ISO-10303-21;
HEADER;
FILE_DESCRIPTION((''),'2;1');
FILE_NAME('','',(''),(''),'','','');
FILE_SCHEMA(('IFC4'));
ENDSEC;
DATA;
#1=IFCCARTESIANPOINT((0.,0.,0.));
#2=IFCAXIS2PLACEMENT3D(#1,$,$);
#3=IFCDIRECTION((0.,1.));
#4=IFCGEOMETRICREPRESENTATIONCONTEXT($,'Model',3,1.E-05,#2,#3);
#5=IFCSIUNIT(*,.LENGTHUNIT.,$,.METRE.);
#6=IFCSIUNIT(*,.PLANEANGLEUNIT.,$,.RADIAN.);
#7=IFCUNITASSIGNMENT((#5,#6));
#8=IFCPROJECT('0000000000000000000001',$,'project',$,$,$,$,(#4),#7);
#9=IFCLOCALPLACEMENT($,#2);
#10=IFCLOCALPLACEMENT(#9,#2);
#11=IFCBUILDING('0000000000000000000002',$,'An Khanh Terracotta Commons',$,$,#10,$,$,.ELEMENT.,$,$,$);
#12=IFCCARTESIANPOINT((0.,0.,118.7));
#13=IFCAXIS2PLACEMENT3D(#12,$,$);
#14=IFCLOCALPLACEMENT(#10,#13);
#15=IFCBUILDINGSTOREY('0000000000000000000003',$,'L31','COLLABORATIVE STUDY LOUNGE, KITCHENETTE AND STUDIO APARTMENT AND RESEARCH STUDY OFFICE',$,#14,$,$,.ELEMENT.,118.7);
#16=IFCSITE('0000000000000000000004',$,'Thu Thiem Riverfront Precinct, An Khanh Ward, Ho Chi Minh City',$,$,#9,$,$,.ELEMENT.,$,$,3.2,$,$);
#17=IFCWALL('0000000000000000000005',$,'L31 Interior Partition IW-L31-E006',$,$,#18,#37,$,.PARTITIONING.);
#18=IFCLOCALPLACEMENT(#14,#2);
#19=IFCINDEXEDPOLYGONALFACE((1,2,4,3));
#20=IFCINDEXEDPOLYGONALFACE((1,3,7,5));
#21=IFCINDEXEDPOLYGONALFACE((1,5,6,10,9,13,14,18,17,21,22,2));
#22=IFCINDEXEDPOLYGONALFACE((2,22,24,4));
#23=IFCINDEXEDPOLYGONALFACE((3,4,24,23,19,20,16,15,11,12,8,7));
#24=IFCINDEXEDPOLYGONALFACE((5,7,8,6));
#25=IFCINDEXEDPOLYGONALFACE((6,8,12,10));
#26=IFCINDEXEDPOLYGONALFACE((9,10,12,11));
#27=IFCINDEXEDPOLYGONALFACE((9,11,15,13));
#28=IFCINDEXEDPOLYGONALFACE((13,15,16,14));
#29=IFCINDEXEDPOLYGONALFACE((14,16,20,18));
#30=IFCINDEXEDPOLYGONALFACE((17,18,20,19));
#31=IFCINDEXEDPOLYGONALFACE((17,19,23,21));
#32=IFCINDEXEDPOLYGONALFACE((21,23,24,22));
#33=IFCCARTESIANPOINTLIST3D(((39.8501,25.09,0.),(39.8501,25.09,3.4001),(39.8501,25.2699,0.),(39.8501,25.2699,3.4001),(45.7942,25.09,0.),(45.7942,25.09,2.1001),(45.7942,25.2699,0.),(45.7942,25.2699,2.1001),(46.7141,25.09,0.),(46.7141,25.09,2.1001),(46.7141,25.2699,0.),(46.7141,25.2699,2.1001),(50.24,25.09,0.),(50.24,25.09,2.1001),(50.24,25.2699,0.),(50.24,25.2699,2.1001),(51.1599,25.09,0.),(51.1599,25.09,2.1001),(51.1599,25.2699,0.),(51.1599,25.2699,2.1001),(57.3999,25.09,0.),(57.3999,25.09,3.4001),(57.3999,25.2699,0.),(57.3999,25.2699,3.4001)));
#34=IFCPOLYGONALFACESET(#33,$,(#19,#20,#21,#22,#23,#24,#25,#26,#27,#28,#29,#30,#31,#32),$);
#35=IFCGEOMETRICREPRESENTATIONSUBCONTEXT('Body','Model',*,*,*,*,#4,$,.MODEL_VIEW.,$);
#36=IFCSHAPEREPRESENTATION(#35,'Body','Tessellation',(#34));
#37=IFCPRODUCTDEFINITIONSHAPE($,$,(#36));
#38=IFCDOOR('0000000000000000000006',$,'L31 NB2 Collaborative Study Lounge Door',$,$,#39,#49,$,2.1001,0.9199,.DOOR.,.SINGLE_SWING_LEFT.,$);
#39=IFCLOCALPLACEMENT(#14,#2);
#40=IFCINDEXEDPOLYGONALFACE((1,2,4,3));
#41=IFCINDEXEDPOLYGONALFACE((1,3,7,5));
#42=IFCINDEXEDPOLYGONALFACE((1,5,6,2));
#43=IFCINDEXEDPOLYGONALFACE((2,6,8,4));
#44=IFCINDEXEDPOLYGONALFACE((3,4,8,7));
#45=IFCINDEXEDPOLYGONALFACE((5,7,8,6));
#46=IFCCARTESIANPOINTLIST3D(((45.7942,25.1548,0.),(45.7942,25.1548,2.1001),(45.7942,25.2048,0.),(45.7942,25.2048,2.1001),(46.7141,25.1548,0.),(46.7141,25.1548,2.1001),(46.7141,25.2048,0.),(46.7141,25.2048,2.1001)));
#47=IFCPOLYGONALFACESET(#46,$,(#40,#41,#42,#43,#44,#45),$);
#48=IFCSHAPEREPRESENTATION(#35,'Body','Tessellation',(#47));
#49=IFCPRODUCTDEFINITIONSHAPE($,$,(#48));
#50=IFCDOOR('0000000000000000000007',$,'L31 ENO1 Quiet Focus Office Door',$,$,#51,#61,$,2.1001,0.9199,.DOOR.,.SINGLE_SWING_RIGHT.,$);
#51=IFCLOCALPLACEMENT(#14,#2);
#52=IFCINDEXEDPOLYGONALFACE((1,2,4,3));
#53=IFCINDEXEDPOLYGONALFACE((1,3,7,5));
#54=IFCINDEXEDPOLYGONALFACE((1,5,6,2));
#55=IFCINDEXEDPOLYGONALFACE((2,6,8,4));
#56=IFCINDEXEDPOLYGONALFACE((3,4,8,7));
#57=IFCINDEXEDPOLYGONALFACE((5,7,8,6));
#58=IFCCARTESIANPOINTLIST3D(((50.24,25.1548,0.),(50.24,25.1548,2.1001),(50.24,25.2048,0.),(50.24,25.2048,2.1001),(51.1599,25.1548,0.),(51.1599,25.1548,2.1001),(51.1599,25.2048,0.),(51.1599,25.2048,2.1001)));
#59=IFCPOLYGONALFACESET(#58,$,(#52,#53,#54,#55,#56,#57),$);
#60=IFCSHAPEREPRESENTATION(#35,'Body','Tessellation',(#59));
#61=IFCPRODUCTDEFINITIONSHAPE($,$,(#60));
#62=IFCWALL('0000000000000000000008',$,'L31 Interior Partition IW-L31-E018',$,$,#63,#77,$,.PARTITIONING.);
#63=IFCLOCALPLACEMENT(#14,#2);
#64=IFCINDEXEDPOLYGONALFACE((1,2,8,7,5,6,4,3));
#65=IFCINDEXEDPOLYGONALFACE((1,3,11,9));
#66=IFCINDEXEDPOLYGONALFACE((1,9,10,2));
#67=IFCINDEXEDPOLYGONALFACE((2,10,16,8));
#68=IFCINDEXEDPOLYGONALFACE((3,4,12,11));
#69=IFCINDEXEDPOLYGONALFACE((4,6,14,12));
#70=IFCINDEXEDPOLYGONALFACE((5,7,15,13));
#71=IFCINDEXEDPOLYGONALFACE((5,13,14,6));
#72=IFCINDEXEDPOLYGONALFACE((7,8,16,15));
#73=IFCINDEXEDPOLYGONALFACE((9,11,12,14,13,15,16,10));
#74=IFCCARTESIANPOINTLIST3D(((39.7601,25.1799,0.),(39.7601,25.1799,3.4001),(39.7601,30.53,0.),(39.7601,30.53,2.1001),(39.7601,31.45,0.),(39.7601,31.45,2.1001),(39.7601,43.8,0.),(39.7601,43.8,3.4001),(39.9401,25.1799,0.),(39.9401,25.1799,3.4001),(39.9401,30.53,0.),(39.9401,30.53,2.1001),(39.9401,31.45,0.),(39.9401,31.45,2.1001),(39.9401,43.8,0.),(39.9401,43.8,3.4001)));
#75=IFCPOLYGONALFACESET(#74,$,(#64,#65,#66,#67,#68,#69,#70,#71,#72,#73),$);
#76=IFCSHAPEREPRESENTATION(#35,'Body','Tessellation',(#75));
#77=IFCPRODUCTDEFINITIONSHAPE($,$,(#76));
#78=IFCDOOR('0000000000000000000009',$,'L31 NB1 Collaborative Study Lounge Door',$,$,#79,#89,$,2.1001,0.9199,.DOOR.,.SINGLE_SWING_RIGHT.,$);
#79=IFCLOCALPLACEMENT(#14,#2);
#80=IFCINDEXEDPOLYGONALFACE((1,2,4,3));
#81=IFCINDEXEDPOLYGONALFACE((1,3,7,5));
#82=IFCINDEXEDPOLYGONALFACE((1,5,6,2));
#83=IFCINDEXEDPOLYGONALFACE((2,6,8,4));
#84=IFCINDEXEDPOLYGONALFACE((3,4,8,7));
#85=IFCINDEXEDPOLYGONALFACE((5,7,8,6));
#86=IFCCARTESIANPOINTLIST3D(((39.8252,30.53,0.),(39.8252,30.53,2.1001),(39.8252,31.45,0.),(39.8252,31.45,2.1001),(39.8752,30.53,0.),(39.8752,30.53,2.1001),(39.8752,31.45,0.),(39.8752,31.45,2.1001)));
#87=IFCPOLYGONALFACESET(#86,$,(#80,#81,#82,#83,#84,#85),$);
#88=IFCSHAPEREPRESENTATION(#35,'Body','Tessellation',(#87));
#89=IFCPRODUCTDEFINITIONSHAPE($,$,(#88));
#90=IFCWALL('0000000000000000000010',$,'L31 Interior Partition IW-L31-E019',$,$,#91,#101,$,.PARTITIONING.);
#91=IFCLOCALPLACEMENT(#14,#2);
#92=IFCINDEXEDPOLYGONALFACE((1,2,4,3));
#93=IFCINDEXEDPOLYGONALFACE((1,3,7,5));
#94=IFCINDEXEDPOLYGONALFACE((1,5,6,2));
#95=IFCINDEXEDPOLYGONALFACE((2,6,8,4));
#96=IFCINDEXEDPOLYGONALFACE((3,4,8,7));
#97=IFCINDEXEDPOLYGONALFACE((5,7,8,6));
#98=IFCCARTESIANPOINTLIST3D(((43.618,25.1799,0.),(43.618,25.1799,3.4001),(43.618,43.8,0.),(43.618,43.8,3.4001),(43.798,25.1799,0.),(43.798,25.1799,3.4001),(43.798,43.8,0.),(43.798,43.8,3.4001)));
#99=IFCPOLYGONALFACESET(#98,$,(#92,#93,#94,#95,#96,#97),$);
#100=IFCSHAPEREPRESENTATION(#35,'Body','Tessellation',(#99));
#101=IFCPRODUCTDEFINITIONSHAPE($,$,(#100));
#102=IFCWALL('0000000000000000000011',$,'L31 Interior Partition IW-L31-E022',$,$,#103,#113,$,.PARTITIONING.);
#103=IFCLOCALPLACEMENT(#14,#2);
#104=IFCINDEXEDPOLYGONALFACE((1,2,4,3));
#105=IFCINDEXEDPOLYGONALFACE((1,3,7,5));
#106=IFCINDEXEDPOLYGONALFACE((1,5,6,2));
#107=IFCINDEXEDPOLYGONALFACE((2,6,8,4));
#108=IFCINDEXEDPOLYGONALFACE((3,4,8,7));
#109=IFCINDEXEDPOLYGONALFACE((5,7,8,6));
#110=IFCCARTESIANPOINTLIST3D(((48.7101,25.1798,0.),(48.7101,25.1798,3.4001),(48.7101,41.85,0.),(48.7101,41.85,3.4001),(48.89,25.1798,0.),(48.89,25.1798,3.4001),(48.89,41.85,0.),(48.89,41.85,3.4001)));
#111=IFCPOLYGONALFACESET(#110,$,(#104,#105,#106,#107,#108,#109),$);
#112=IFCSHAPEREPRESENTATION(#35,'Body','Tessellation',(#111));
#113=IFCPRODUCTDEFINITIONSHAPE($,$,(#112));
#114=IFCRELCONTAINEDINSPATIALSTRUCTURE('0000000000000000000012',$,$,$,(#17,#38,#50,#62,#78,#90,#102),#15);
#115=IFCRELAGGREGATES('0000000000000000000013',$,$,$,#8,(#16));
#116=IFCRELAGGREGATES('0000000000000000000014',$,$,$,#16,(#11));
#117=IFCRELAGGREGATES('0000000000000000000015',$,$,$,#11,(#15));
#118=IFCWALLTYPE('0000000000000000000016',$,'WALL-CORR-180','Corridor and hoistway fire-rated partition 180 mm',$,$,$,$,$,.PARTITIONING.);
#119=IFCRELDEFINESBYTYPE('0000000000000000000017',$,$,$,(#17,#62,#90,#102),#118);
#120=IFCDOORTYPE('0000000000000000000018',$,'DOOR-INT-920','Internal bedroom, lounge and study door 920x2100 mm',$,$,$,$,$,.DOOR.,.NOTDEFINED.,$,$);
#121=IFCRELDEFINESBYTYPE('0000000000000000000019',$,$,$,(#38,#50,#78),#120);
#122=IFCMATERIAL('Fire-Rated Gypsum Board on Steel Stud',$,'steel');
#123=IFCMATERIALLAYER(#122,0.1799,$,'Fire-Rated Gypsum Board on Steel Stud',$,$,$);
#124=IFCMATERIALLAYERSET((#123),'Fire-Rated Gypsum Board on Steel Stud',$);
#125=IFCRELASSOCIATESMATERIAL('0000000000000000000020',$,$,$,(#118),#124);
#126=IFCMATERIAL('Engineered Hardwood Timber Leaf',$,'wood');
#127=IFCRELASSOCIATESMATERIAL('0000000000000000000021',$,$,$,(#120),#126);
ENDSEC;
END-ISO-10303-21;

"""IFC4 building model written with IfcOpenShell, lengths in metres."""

from ifc_helpers import new_model, si_unit, direction, frame, frame_2d, origin, place, context, subcontext, project, spatial, rectangle, extrude, material, layer, layer_set, type_object, element, fill, save


model = new_model("IFC4")

# Units and contexts
model_context = context("Model", 3, precision=1e-05, world=origin(), true_north=direction((0.0, 1.0)))
body_context = subcontext(model_context, "Body", "Model", "MODEL_VIEW")
ifc_project = project(units=[si_unit("LENGTHUNIT", "METRE"), si_unit("PLANEANGLEUNIT", "RADIAN")], contexts=[model_context])

# Site, building, storey
site_placement = place(None, origin())
site = spatial("IfcSite", under=ifc_project, at=site_placement, Name="Thu Thiem Riverfront Precinct, An Khanh Ward, Ho Chi Minh City", CompositionType="ELEMENT", RefElevation=3.2)
building_placement = place(site_placement, origin())
building = spatial("IfcBuilding", under=site, at=building_placement, Name="An Khanh Terracotta Commons", CompositionType="ELEMENT")
storey_placement = place(building_placement, frame((0.0, 0.0, 118.7)))
storey = spatial("IfcBuildingStorey", under=building, at=storey_placement, Name="L31", Description="COLLABORATIVE STUDY LOUNGE, KITCHENETTE AND STUDIO APARTMENT AND RESEARCH STUDY OFFICE", CompositionType="ELEMENT", Elevation=118.7)

# Wall, openings, doors
ifc_material_1 = material(Name="Fire-Rated Gypsum Board on Steel Stud", Category="steel")
ifc_layer = layer(ifc_material_1, 0.1799, Name="Fire-Rated Gypsum Board on Steel Stud")
ifc_layer_set = layer_set([ifc_layer], Name="Fire-Rated Gypsum Board on Steel Stud")
wall_type = type_object("IfcWallType", Name="WALL-CORR-180", Description="Corridor and hoistway fire-rated partition 180 mm", PredefinedType="PARTITIONING", material=ifc_layer_set)
wall_1_placement = place(storey_placement, frame((39.8501, 25.1799, 0.0), z_axis=(0.0, 0.0, 1.0), x_axis=(1.0, 0.0, 0.0)))
wall_1 = element("IfcWall", 1, at=wall_1_placement, inside=storey, type_object=wall_type, Name="L31 Interior Partition IW-L31-E006", PredefinedType="PARTITIONING", context=body_context, shape_type="SweptSolid", body=[
    extrude(rectangle(XDim=17.5498, YDim=0.1799, at=frame_2d((8.7749, 0.0))), origin(), (0.0, 0.0, 1.0), 3.4001),
])
opening_1_placement = place(wall_1_placement, frame((5.9441, 0.0, 0.0)))
opening_1 = element("IfcOpeningElement", 2, at=opening_1_placement, cuts=wall_1, PredefinedType="OPENING", context=body_context, shape_type="SweptSolid", body=[
    extrude(rectangle(XDim=0.9199, YDim=2.1001, at=frame_2d((0.46, 1.05))), frame((0.0, 0.0999, 0.0), z_axis=(0.0, -1.0, 0.0), x_axis=(1.0, 0.0, 0.0)), (0.0, 0.0, 1.0), 0.2),
])
opening_2_placement = place(wall_1_placement, frame((10.3899, 0.0, 0.0)))
opening_2 = element("IfcOpeningElement", 3, at=opening_2_placement, cuts=wall_1, PredefinedType="OPENING", context=body_context, shape_type="SweptSolid", body=[
    extrude(rectangle(XDim=0.9199, YDim=2.1001, at=frame_2d((0.46, 1.05))), frame((0.0, 0.0999, 0.0), z_axis=(0.0, -1.0, 0.0), x_axis=(1.0, 0.0, 0.0)), (0.0, 0.0, 1.0), 0.2),
])
ifc_material_2 = material(Name="Engineered Hardwood Timber Leaf", Category="wood")
door_type = type_object("IfcDoorType", Name="DOOR-INT-920", Description="Internal bedroom, lounge and study door 920x2100 mm", OperationType="NOTDEFINED", PredefinedType="DOOR", material=ifc_material_2)
door_1_placement = place(opening_1_placement, origin())
door_1 = element("IfcDoor", 4, at=door_1_placement, inside=storey, type_object=door_type, Name="L31 NB2 Collaborative Study Lounge Door", OperationType="SINGLE_SWING_LEFT", OverallHeight=2.1001, OverallWidth=0.9199, PredefinedType="DOOR", context=body_context, shape_type="SweptSolid", body=[
    extrude(rectangle(XDim=0.9199, YDim=2.1001, at=frame_2d((0.46, 1.05))), frame((0.0, 0.0249, 0.0), z_axis=(0.0, -1.0, 0.0), x_axis=(1.0, 0.0, 0.0)), (0.0, 0.0, 1.0), 0.05),
])
fill(opening_1, door_1)
door_2_placement = place(opening_2_placement, origin())
door_2 = element("IfcDoor", 5, at=door_2_placement, inside=storey, type_object=door_type, Name="L31 ENO1 Quiet Focus Office Door", OperationType="SINGLE_SWING_RIGHT", OverallHeight=2.1001, OverallWidth=0.9199, PredefinedType="DOOR", context=body_context, shape_type="SweptSolid", body=[
    extrude(rectangle(XDim=0.9199, YDim=2.1001, at=frame_2d((0.46, 1.05))), frame((0.0, 0.0249, 0.0), z_axis=(0.0, -1.0, 0.0), x_axis=(1.0, 0.0, 0.0)), (0.0, 0.0, 1.0), 0.05),
])
fill(opening_2, door_2)

# Wall, opening, door
wall_2_placement = place(storey_placement, frame((39.8501, 25.1799, 0.0), z_axis=(0.0, 0.0, 1.0), x_axis=(0.0, 1.0, 0.0)))
wall_2 = element("IfcWall", 6, at=wall_2_placement, inside=storey, type_object=wall_type, Name="L31 Interior Partition IW-L31-E018", PredefinedType="PARTITIONING", context=body_context, shape_type="SweptSolid", body=[
    extrude(rectangle(XDim=18.6201, YDim=0.1799, at=frame_2d((9.3101, 0.0))), origin(), (0.0, 0.0, 1.0), 3.4001),
])
opening_3_placement = place(wall_2_placement, frame((5.3501, 0.0, 0.0)))
opening_3 = element("IfcOpeningElement", 7, at=opening_3_placement, cuts=wall_2, PredefinedType="OPENING", context=body_context, shape_type="SweptSolid", body=[
    extrude(rectangle(XDim=0.9199, YDim=2.1001, at=frame_2d((0.46, 1.05))), frame((0.0, 0.0999, 0.0), z_axis=(0.0, -1.0, 0.0), x_axis=(1.0, 0.0, 0.0)), (0.0, 0.0, 1.0), 0.2),
])
door_3_placement = place(opening_3_placement, origin())
door_3 = element("IfcDoor", 8, at=door_3_placement, inside=storey, type_object=door_type, Name="L31 NB1 Collaborative Study Lounge Door", OperationType="SINGLE_SWING_RIGHT", OverallHeight=2.1001, OverallWidth=0.9199, PredefinedType="DOOR", context=body_context, shape_type="SweptSolid", body=[
    extrude(rectangle(XDim=0.9199, YDim=2.1001, at=frame_2d((0.46, 1.05))), frame((0.0, 0.0249, 0.0), z_axis=(0.0, -1.0, 0.0), x_axis=(1.0, 0.0, 0.0)), (0.0, 0.0, 1.0), 0.05),
])
fill(opening_3, door_3)

# Walls
wall_3_placement = place(storey_placement, frame((43.708, 25.1799, 0.0), z_axis=(0.0, 0.0, 1.0), x_axis=(0.0, 1.0, 0.0)))
element("IfcWall", 9, at=wall_3_placement, inside=storey, type_object=wall_type, Name="L31 Interior Partition IW-L31-E019", PredefinedType="PARTITIONING", context=body_context, shape_type="SweptSolid", body=[
    extrude(rectangle(XDim=18.6201, YDim=0.1799, at=frame_2d((9.3101, 0.0))), origin(), (0.0, 0.0, 1.0), 3.4001),
])
wall_4_placement = place(storey_placement, frame((48.8, 25.1799, 0.0), z_axis=(0.0, 0.0, 1.0), x_axis=(0.0, 1.0, 0.0)))
element("IfcWall", 10, at=wall_4_placement, inside=storey, type_object=wall_type, Name="L31 Interior Partition IW-L31-E022", PredefinedType="PARTITIONING", context=body_context, shape_type="SweptSolid", body=[
    extrude(rectangle(XDim=16.6702, YDim=0.1799, at=frame_2d((8.335, 0.0))), origin(), (0.0, 0.0, 1.0), 3.4001),
])

save(model, "model.ifc")
